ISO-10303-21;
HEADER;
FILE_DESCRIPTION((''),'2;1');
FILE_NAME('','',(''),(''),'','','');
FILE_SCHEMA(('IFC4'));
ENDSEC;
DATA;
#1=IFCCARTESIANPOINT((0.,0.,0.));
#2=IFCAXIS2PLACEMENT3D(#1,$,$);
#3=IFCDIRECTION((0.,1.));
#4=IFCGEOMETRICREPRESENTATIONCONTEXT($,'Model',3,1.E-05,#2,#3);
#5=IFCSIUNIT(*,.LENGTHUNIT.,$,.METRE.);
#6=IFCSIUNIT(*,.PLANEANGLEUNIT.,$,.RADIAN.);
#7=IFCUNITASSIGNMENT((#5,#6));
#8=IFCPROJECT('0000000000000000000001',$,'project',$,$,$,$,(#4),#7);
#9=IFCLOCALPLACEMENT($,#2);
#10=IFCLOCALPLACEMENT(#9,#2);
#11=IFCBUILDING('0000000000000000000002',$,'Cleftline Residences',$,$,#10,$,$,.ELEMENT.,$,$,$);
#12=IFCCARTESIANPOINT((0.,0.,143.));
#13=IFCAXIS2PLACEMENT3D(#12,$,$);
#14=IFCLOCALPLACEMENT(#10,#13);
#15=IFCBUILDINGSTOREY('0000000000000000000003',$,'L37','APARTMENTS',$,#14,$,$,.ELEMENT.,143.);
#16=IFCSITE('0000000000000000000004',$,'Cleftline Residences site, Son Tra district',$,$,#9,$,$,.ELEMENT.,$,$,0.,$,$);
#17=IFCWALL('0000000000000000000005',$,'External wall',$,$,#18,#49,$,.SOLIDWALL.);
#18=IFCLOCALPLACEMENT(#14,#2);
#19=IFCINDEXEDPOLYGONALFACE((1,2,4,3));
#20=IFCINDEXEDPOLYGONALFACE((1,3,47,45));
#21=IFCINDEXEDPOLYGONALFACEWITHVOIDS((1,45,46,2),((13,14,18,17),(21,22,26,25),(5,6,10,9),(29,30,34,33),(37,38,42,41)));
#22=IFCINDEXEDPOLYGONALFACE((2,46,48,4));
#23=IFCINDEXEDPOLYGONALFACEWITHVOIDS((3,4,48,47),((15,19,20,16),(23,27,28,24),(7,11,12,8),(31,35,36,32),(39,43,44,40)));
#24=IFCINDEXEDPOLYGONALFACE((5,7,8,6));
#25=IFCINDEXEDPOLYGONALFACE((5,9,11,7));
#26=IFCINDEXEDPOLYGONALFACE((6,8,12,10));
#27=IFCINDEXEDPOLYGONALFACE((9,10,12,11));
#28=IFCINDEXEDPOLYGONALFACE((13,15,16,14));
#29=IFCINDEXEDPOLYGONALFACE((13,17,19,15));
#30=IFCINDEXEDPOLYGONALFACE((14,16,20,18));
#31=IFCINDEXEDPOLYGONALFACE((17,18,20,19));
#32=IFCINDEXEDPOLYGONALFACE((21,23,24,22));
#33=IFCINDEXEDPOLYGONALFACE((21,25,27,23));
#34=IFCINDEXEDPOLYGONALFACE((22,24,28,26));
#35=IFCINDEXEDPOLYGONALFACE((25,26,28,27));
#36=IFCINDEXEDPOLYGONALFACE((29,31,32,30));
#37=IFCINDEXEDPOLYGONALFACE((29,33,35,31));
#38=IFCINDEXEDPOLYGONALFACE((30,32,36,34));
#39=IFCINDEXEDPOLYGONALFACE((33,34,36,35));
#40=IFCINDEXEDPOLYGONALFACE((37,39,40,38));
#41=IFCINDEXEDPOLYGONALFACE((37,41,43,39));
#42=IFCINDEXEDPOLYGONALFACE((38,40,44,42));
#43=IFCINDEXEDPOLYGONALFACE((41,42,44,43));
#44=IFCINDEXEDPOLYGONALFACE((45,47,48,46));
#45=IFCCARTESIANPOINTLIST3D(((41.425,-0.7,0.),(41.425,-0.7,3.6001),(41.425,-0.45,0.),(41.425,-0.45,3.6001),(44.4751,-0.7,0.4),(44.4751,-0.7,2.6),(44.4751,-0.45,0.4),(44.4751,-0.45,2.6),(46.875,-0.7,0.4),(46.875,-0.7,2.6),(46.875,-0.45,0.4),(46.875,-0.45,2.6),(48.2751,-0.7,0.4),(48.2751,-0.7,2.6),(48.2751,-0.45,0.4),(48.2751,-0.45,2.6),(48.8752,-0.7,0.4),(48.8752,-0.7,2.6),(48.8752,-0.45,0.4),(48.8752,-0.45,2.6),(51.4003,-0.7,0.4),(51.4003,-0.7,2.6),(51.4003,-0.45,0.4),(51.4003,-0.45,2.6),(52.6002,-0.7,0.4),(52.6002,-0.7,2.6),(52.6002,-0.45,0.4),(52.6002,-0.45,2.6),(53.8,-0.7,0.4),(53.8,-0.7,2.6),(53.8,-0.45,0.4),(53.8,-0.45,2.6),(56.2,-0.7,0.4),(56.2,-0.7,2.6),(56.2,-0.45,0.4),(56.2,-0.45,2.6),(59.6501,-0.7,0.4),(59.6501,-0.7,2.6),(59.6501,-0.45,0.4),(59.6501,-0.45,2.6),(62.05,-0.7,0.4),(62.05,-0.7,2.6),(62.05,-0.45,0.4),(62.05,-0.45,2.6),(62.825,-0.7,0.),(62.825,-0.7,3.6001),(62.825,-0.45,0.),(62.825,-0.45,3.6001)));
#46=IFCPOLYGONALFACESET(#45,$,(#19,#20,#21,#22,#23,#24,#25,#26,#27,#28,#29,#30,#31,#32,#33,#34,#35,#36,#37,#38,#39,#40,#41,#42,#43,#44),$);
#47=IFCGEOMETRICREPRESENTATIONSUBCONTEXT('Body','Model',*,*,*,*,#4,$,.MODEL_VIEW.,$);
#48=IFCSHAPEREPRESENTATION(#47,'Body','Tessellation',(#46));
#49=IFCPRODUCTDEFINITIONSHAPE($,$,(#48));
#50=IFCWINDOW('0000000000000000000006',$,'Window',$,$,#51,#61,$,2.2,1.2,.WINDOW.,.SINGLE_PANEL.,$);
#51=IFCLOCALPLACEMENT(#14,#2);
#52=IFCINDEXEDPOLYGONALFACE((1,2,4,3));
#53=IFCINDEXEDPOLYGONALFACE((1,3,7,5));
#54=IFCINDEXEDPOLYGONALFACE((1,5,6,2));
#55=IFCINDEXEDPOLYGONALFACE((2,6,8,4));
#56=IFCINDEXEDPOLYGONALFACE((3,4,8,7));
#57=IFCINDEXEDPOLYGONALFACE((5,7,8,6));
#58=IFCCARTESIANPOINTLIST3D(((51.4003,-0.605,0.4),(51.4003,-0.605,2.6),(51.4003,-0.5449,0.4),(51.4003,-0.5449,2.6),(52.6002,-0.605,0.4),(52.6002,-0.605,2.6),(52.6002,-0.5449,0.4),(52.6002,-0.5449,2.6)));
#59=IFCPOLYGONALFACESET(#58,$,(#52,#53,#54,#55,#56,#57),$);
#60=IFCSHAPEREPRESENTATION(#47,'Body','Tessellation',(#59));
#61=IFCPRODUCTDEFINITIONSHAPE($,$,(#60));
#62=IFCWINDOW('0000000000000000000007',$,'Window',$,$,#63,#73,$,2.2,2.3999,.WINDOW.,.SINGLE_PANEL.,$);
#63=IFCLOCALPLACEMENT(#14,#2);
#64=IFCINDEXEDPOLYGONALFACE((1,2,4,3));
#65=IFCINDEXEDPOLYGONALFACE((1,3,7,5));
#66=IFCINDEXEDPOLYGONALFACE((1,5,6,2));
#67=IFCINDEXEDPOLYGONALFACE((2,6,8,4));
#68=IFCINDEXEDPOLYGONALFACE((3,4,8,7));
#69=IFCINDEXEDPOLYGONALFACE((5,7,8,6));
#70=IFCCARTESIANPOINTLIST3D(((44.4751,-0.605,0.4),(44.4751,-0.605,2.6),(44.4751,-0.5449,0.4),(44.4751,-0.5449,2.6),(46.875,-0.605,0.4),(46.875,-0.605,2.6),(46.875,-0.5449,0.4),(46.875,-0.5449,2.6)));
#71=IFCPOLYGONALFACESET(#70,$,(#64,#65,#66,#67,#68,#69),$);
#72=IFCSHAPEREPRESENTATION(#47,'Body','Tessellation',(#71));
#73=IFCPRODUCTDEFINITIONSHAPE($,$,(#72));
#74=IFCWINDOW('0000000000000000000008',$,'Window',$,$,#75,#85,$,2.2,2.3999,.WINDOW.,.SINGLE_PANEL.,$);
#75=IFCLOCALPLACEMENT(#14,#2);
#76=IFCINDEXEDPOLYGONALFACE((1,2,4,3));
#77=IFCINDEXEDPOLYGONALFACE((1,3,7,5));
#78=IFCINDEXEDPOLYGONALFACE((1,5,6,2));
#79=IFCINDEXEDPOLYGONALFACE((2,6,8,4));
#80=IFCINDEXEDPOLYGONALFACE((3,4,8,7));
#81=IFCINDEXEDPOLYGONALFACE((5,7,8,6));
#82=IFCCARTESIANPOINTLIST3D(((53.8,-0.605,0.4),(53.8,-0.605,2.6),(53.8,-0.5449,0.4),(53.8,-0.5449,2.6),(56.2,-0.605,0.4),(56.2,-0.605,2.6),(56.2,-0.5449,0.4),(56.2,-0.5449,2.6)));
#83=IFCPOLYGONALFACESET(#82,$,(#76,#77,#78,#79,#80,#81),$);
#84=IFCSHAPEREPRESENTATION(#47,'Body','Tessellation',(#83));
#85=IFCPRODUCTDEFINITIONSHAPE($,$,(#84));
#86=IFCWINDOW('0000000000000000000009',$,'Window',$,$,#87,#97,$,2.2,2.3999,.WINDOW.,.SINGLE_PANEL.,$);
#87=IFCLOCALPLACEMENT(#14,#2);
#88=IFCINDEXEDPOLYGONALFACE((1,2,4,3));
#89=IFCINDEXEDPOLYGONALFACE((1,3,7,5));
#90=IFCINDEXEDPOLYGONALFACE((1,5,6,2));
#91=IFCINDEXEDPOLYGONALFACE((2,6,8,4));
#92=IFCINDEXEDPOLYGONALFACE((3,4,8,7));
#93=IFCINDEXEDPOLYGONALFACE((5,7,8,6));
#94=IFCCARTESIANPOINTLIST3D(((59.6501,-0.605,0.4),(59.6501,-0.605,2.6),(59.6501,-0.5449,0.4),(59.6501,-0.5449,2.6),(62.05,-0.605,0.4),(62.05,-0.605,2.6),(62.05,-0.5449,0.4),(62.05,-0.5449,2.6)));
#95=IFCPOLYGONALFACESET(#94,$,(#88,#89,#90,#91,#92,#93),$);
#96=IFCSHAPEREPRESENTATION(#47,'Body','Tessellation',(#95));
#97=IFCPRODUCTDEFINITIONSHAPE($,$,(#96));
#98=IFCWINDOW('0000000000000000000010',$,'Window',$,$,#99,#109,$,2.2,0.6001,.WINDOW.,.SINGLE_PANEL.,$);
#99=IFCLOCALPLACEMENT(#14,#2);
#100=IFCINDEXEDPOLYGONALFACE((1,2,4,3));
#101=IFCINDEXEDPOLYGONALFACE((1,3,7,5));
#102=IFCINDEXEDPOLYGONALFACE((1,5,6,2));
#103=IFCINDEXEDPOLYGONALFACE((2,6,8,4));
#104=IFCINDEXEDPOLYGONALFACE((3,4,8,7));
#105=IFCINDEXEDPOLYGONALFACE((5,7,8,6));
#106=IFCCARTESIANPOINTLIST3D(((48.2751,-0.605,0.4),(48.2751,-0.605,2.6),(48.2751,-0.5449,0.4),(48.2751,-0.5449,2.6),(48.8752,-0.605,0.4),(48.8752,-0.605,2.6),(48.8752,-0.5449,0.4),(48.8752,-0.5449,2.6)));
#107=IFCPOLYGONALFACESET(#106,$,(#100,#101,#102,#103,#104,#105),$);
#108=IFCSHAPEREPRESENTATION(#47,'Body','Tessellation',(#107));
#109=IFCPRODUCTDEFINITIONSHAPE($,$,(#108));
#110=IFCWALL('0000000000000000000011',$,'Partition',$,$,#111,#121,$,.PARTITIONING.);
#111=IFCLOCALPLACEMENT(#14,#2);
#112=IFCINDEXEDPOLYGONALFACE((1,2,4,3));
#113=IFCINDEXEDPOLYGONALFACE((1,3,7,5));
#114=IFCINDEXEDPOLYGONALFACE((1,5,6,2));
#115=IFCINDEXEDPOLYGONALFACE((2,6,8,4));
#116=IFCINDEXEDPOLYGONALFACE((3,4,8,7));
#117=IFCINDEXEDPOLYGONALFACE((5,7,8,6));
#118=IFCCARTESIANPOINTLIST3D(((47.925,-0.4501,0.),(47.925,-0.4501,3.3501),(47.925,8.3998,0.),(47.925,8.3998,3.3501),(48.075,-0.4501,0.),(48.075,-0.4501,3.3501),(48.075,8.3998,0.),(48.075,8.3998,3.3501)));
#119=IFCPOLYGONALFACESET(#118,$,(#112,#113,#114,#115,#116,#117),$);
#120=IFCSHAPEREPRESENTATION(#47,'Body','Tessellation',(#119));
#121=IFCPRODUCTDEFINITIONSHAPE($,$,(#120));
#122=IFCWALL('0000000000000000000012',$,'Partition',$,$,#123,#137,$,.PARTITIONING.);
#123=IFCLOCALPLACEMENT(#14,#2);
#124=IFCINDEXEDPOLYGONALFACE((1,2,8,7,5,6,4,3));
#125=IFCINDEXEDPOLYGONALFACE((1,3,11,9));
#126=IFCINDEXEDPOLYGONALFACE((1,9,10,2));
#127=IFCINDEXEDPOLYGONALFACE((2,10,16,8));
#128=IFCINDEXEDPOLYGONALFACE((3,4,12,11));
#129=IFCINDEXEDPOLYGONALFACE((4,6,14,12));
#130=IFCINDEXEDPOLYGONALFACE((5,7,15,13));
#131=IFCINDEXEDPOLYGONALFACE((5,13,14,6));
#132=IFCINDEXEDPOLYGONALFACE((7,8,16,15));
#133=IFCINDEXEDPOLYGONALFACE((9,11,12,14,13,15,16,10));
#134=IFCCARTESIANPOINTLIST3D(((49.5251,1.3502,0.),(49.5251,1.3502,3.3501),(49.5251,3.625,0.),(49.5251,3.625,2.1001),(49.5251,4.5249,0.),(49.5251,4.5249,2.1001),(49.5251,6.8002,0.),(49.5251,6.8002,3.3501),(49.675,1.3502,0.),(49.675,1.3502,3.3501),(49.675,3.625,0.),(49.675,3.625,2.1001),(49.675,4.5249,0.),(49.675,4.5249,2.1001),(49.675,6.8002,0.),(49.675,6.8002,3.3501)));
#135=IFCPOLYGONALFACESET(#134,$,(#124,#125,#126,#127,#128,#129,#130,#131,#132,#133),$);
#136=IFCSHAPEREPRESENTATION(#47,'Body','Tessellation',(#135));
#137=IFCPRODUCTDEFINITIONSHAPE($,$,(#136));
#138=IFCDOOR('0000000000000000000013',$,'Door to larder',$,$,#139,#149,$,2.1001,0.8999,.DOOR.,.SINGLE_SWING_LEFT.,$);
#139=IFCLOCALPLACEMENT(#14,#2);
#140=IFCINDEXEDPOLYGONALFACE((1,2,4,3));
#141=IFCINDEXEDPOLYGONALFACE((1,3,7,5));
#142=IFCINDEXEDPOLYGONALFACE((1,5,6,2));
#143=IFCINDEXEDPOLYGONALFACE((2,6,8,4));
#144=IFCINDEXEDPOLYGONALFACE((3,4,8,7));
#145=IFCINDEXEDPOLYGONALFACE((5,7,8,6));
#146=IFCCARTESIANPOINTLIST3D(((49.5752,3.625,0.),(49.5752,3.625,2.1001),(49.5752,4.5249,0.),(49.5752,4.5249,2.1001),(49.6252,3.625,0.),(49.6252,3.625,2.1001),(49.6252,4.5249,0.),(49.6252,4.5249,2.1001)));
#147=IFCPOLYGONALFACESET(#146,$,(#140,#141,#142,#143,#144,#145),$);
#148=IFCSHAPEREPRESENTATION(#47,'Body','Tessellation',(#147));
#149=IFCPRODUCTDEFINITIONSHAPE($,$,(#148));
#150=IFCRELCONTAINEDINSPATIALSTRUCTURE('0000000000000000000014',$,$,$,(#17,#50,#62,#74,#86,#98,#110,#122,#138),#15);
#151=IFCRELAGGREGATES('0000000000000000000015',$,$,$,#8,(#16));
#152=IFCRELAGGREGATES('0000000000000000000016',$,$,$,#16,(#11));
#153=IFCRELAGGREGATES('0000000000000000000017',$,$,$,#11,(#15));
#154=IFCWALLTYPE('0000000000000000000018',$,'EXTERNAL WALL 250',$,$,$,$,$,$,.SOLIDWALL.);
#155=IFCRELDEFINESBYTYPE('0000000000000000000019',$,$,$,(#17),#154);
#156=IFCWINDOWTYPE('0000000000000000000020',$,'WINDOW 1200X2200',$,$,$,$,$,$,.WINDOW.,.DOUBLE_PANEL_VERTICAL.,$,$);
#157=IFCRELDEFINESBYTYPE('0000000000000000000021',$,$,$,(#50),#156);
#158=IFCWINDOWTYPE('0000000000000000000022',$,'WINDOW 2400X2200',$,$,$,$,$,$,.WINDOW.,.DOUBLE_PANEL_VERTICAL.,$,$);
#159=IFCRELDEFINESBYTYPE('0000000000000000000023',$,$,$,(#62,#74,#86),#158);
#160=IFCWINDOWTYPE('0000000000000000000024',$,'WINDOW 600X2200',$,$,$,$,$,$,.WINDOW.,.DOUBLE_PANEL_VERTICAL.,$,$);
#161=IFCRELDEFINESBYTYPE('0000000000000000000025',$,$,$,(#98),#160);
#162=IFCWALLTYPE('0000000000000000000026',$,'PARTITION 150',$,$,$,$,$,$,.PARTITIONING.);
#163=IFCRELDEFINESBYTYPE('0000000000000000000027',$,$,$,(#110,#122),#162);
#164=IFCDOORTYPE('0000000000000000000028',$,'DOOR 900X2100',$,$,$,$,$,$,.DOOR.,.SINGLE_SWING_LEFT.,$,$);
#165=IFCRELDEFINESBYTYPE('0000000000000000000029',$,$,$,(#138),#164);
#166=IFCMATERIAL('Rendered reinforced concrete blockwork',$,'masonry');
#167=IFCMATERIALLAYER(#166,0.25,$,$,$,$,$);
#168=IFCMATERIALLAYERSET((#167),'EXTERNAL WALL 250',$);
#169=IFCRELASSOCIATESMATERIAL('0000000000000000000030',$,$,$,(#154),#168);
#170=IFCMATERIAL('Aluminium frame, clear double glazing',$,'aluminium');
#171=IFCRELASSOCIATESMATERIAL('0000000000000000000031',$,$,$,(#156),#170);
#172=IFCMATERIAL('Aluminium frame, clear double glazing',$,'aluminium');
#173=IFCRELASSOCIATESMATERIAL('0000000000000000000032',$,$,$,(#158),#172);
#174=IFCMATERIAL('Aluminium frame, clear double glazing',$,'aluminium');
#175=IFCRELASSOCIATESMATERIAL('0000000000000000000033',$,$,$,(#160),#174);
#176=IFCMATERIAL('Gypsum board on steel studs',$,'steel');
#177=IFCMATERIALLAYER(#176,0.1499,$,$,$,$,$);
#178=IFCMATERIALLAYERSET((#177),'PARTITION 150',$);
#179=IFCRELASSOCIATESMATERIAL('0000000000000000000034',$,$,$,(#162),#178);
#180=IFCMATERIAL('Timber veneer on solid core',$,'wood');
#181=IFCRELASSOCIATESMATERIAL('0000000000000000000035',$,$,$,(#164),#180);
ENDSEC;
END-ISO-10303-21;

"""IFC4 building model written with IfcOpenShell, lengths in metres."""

from ifc_helpers import new_model, si_unit, direction, frame, frame_2d, origin, place, context, subcontext, project, spatial, rectangle, extrude, material, layer, layer_set, type_object, element, fill, save


model = new_model("IFC4")

# Units and contexts
model_context = context("Model", 3, precision=1e-05, world=origin(), true_north=direction((0.0, 1.0)))
body_context = subcontext(model_context, "Body", "Model", "MODEL_VIEW")
ifc_project = project(units=[si_unit("LENGTHUNIT", "METRE"), si_unit("PLANEANGLEUNIT", "RADIAN")], contexts=[model_context])

# Site, building, storey
site_placement = place(None, origin())
site = spatial("IfcSite", under=ifc_project, at=site_placement, Name="Cleftline Residences site, Son Tra district", CompositionType="ELEMENT", RefElevation=0.0)
building_placement = place(site_placement, origin())
building = spatial("IfcBuilding", under=site, at=building_placement, Name="Cleftline Residences", CompositionType="ELEMENT")
storey_placement = place(building_placement, frame((0.0, 0.0, 143.0)))
storey = spatial("IfcBuildingStorey", under=building, at=storey_placement, Name="L37", Description="APARTMENTS", CompositionType="ELEMENT", Elevation=143.0)

# Wall, openings, windows
ifc_material_1 = material(Name="Rendered reinforced concrete blockwork", Category="masonry")
ifc_layer_1 = layer(ifc_material_1, 0.25)
ifc_layer_set_1 = layer_set([ifc_layer_1], Name="EXTERNAL WALL 250")
wall_type_1 = type_object("IfcWallType", Name="EXTERNAL WALL 250", PredefinedType="SOLIDWALL", material=ifc_layer_set_1)
wall_1_placement = place(storey_placement, frame((41.425, -0.575, 0.0), z_axis=(0.0, 0.0, 1.0), x_axis=(1.0, 0.0, 0.0)))
wall_1 = element("IfcWall", 1, at=wall_1_placement, inside=storey, type_object=wall_type_1, Name="External wall", PredefinedType="SOLIDWALL", context=body_context, shape_type="SweptSolid", body=[
    extrude(rectangle(XDim=21.3999, YDim=0.25, at=frame_2d((10.7, 0.0))), origin(), (0.0, 0.0, 1.0), 3.6001),
])
opening_1_placement = place(wall_1_placement, frame((3.05, 0.0, 0.3999)))
opening_1 = element("IfcOpeningElement", 2, at=opening_1_placement, cuts=wall_1, PredefinedType="OPENING", context=body_context, shape_type="SweptSolid", body=[
    extrude(rectangle(XDim=2.3999, YDim=2.2, at=frame_2d((1.2, 1.1001))), frame((0.0, 0.135, 0.0), z_axis=(0.0, -1.0, 0.0), x_axis=(1.0, 0.0, 0.0)), (0.0, 0.0, 1.0), 0.27),
])
opening_2_placement = place(wall_1_placement, frame((6.8501, 0.0, 0.3999)))
opening_2 = element("IfcOpeningElement", 3, at=opening_2_placement, cuts=wall_1, PredefinedType="OPENING", context=body_context, shape_type="SweptSolid", body=[
    extrude(rectangle(XDim=0.6001, YDim=2.2, at=frame_2d((0.3, 1.1001))), frame((0.0, 0.135, 0.0), z_axis=(0.0, -1.0, 0.0), x_axis=(1.0, 0.0, 0.0)), (0.0, 0.0, 1.0), 0.27),
])
opening_3_placement = place(wall_1_placement, frame((9.9751, 0.0, 0.3999)))
opening_3 = element("IfcOpeningElement", 4, at=opening_3_placement, cuts=wall_1, PredefinedType="OPENING", context=body_context, shape_type="SweptSolid", body=[
    extrude(rectangle(XDim=1.2, YDim=2.2, at=frame_2d((0.6001, 1.1001))), frame((0.0, 0.135, 0.0), z_axis=(0.0, -1.0, 0.0), x_axis=(1.0, 0.0, 0.0)), (0.0, 0.0, 1.0), 0.27),
])
opening_4_placement = place(wall_1_placement, frame((12.375, 0.0, 0.3999)))
opening_4 = element("IfcOpeningElement", 5, at=opening_4_placement, cuts=wall_1, PredefinedType="OPENING", context=body_context, shape_type="SweptSolid", body=[
    extrude(rectangle(XDim=2.3999, YDim=2.2, at=frame_2d((1.2, 1.1001))), frame((0.0, 0.135, 0.0), z_axis=(0.0, -1.0, 0.0), x_axis=(1.0, 0.0, 0.0)), (0.0, 0.0, 1.0), 0.27),
])
opening_5_placement = place(wall_1_placement, frame((18.2251, 0.0, 0.3999)))
opening_5 = element("IfcOpeningElement", 6, at=opening_5_placement, cuts=wall_1, PredefinedType="OPENING", context=body_context, shape_type="SweptSolid", body=[
    extrude(rectangle(XDim=2.3999, YDim=2.2, at=frame_2d((1.2, 1.1001))), frame((0.0, 0.135, 0.0), z_axis=(0.0, -1.0, 0.0), x_axis=(1.0, 0.0, 0.0)), (0.0, 0.0, 1.0), 0.27),
])
ifc_material_2 = material(Name="Aluminium frame, clear double glazing", Category="aluminium")
window_type_1 = type_object("IfcWindowType", Name="WINDOW 1200X2200", PartitioningType="DOUBLE_PANEL_VERTICAL", PredefinedType="WINDOW", material=ifc_material_2)
window_1_placement = place(opening_3_placement, origin())
window_1 = element("IfcWindow", 7, at=window_1_placement, inside=storey, type_object=window_type_1, Name="Window", OverallHeight=2.2, OverallWidth=1.2, PartitioningType="SINGLE_PANEL", PredefinedType="WINDOW", context=body_context, shape_type="SweptSolid", body=[
    extrude(rectangle(XDim=1.2, YDim=2.2, at=frame_2d((0.6001, 1.1001))), frame((0.0, 0.03, 0.0), z_axis=(0.0, -1.0, 0.0), x_axis=(1.0, 0.0, 0.0)), (0.0, 0.0, 1.0), 0.0601),
])
fill(opening_3, window_1)
ifc_material_3 = material(Name="Aluminium frame, clear double glazing", Category="aluminium")
window_type_2 = type_object("IfcWindowType", Name="WINDOW 2400X2200", PartitioningType="DOUBLE_PANEL_VERTICAL", PredefinedType="WINDOW", material=ifc_material_3)
window_2_placement = place(opening_1_placement, origin())
window_2 = element("IfcWindow", 8, at=window_2_placement, inside=storey, type_object=window_type_2, Name="Window", OverallHeight=2.2, OverallWidth=2.3999, PartitioningType="SINGLE_PANEL", PredefinedType="WINDOW", context=body_context, shape_type="SweptSolid", body=[
    extrude(rectangle(XDim=2.3999, YDim=2.2, at=frame_2d((1.2, 1.1001))), frame((0.0, 0.03, 0.0), z_axis=(0.0, -1.0, 0.0), x_axis=(1.0, 0.0, 0.0)), (0.0, 0.0, 1.0), 0.0601),
])
fill(opening_1, window_2)
window_3_placement = place(opening_4_placement, origin())
window_3 = element("IfcWindow", 9, at=window_3_placement, inside=storey, type_object=window_type_2, Name="Window", OverallHeight=2.2, OverallWidth=2.3999, PartitioningType="SINGLE_PANEL", PredefinedType="WINDOW", context=body_context, shape_type="SweptSolid", body=[
    extrude(rectangle(XDim=2.3999, YDim=2.2, at=frame_2d((1.2, 1.1001))), frame((0.0, 0.03, 0.0), z_axis=(0.0, -1.0, 0.0), x_axis=(1.0, 0.0, 0.0)), (0.0, 0.0, 1.0), 0.0601),
])
fill(opening_4, window_3)
window_4_placement = place(opening_5_placement, origin())
window_4 = element("IfcWindow", 10, at=window_4_placement, inside=storey, type_object=window_type_2, Name="Window", OverallHeight=2.2, OverallWidth=2.3999, PartitioningType="SINGLE_PANEL", PredefinedType="WINDOW", context=body_context, shape_type="SweptSolid", body=[
    extrude(rectangle(XDim=2.3999, YDim=2.2, at=frame_2d((1.2, 1.1001))), frame((0.0, 0.03, 0.0), z_axis=(0.0, -1.0, 0.0), x_axis=(1.0, 0.0, 0.0)), (0.0, 0.0, 1.0), 0.0601),
])
fill(opening_5, window_4)
ifc_material_4 = material(Name="Aluminium frame, clear double glazing", Category="aluminium")
window_type_3 = type_object("IfcWindowType", Name="WINDOW 600X2200", PartitioningType="DOUBLE_PANEL_VERTICAL", PredefinedType="WINDOW", material=ifc_material_4)
window_5_placement = place(opening_2_placement, origin())
window_5 = element("IfcWindow", 11, at=window_5_placement, inside=storey, type_object=window_type_3, Name="Window", OverallHeight=2.2, OverallWidth=0.6001, PartitioningType="SINGLE_PANEL", PredefinedType="WINDOW", context=body_context, shape_type="SweptSolid", body=[
    extrude(rectangle(XDim=0.6001, YDim=2.2, at=frame_2d((0.3, 1.1001))), frame((0.0, 0.03, 0.0), z_axis=(0.0, -1.0, 0.0), x_axis=(1.0, 0.0, 0.0)), (0.0, 0.0, 1.0), 0.0601),
])
fill(opening_2, window_5)

# Wall
ifc_material_5 = material(Name="Gypsum board on steel studs", Category="steel")
ifc_layer_2 = layer(ifc_material_5, 0.1499)
ifc_layer_set_2 = layer_set([ifc_layer_2], Name="PARTITION 150")
wall_type_2 = type_object("IfcWallType", Name="PARTITION 150", PredefinedType="PARTITIONING", material=ifc_layer_set_2)
wall_2_placement = place(storey_placement, frame((48.0, -0.45, 0.0), z_axis=(0.0, 0.0, 1.0), x_axis=(0.0, 1.0, 0.0)))
element("IfcWall", 12, at=wall_2_placement, inside=storey, type_object=wall_type_2, Name="Partition", PredefinedType="PARTITIONING", context=body_context, shape_type="SweptSolid", body=[
    extrude(rectangle(XDim=8.8499, YDim=0.1499, at=frame_2d((4.4248, 0.0))), origin(), (0.0, 0.0, 1.0), 3.3501),
])

# Wall, opening, door
wall_3_placement = place(storey_placement, frame((49.6001, 1.3501, 0.0), z_axis=(0.0, 0.0, 1.0), x_axis=(0.0, 1.0, 0.0)))
wall_3 = element("IfcWall", 13, at=wall_3_placement, inside=storey, type_object=wall_type_2, Name="Partition", PredefinedType="PARTITIONING", context=body_context, shape_type="SweptSolid", body=[
    extrude(rectangle(XDim=5.45, YDim=0.1499, at=frame_2d((2.7251, 0.0))), origin(), (0.0, 0.0, 1.0), 3.3501),
])
opening_6_placement = place(wall_3_placement, frame((2.2749, 0.0, 0.0)))
opening_6 = element("IfcOpeningElement", 14, at=opening_6_placement, cuts=wall_3, PredefinedType="OPENING", context=body_context, shape_type="SweptSolid", body=[
    extrude(rectangle(XDim=0.8999, YDim=2.1001, at=frame_2d((0.45, 1.05))), frame((0.0, 0.085, 0.0), z_axis=(0.0, -1.0, 0.0), x_axis=(1.0, 0.0, 0.0)), (0.0, 0.0, 1.0), 0.1699),
])
ifc_material_6 = material(Name="Timber veneer on solid core", Category="wood")
door_type = type_object("IfcDoorType", Name="DOOR 900X2100", OperationType="SINGLE_SWING_LEFT", PredefinedType="DOOR", material=ifc_material_6)
door_placement = place(opening_6_placement, origin())
door = element("IfcDoor", 15, at=door_placement, inside=storey, type_object=door_type, Name="Door to larder", OperationType="SINGLE_SWING_LEFT", OverallHeight=2.1001, OverallWidth=0.8999, PredefinedType="DOOR", context=body_context, shape_type="SweptSolid", body=[
    extrude(rectangle(XDim=0.8999, YDim=2.1001, at=frame_2d((0.45, 1.05))), frame((0.0, 0.0249, 0.0), z_axis=(0.0, -1.0, 0.0), x_axis=(1.0, 0.0, 0.0)), (0.0, 0.0, 1.0), 0.05),
])
fill(opening_6, door)

save(model, "model.ifc")
